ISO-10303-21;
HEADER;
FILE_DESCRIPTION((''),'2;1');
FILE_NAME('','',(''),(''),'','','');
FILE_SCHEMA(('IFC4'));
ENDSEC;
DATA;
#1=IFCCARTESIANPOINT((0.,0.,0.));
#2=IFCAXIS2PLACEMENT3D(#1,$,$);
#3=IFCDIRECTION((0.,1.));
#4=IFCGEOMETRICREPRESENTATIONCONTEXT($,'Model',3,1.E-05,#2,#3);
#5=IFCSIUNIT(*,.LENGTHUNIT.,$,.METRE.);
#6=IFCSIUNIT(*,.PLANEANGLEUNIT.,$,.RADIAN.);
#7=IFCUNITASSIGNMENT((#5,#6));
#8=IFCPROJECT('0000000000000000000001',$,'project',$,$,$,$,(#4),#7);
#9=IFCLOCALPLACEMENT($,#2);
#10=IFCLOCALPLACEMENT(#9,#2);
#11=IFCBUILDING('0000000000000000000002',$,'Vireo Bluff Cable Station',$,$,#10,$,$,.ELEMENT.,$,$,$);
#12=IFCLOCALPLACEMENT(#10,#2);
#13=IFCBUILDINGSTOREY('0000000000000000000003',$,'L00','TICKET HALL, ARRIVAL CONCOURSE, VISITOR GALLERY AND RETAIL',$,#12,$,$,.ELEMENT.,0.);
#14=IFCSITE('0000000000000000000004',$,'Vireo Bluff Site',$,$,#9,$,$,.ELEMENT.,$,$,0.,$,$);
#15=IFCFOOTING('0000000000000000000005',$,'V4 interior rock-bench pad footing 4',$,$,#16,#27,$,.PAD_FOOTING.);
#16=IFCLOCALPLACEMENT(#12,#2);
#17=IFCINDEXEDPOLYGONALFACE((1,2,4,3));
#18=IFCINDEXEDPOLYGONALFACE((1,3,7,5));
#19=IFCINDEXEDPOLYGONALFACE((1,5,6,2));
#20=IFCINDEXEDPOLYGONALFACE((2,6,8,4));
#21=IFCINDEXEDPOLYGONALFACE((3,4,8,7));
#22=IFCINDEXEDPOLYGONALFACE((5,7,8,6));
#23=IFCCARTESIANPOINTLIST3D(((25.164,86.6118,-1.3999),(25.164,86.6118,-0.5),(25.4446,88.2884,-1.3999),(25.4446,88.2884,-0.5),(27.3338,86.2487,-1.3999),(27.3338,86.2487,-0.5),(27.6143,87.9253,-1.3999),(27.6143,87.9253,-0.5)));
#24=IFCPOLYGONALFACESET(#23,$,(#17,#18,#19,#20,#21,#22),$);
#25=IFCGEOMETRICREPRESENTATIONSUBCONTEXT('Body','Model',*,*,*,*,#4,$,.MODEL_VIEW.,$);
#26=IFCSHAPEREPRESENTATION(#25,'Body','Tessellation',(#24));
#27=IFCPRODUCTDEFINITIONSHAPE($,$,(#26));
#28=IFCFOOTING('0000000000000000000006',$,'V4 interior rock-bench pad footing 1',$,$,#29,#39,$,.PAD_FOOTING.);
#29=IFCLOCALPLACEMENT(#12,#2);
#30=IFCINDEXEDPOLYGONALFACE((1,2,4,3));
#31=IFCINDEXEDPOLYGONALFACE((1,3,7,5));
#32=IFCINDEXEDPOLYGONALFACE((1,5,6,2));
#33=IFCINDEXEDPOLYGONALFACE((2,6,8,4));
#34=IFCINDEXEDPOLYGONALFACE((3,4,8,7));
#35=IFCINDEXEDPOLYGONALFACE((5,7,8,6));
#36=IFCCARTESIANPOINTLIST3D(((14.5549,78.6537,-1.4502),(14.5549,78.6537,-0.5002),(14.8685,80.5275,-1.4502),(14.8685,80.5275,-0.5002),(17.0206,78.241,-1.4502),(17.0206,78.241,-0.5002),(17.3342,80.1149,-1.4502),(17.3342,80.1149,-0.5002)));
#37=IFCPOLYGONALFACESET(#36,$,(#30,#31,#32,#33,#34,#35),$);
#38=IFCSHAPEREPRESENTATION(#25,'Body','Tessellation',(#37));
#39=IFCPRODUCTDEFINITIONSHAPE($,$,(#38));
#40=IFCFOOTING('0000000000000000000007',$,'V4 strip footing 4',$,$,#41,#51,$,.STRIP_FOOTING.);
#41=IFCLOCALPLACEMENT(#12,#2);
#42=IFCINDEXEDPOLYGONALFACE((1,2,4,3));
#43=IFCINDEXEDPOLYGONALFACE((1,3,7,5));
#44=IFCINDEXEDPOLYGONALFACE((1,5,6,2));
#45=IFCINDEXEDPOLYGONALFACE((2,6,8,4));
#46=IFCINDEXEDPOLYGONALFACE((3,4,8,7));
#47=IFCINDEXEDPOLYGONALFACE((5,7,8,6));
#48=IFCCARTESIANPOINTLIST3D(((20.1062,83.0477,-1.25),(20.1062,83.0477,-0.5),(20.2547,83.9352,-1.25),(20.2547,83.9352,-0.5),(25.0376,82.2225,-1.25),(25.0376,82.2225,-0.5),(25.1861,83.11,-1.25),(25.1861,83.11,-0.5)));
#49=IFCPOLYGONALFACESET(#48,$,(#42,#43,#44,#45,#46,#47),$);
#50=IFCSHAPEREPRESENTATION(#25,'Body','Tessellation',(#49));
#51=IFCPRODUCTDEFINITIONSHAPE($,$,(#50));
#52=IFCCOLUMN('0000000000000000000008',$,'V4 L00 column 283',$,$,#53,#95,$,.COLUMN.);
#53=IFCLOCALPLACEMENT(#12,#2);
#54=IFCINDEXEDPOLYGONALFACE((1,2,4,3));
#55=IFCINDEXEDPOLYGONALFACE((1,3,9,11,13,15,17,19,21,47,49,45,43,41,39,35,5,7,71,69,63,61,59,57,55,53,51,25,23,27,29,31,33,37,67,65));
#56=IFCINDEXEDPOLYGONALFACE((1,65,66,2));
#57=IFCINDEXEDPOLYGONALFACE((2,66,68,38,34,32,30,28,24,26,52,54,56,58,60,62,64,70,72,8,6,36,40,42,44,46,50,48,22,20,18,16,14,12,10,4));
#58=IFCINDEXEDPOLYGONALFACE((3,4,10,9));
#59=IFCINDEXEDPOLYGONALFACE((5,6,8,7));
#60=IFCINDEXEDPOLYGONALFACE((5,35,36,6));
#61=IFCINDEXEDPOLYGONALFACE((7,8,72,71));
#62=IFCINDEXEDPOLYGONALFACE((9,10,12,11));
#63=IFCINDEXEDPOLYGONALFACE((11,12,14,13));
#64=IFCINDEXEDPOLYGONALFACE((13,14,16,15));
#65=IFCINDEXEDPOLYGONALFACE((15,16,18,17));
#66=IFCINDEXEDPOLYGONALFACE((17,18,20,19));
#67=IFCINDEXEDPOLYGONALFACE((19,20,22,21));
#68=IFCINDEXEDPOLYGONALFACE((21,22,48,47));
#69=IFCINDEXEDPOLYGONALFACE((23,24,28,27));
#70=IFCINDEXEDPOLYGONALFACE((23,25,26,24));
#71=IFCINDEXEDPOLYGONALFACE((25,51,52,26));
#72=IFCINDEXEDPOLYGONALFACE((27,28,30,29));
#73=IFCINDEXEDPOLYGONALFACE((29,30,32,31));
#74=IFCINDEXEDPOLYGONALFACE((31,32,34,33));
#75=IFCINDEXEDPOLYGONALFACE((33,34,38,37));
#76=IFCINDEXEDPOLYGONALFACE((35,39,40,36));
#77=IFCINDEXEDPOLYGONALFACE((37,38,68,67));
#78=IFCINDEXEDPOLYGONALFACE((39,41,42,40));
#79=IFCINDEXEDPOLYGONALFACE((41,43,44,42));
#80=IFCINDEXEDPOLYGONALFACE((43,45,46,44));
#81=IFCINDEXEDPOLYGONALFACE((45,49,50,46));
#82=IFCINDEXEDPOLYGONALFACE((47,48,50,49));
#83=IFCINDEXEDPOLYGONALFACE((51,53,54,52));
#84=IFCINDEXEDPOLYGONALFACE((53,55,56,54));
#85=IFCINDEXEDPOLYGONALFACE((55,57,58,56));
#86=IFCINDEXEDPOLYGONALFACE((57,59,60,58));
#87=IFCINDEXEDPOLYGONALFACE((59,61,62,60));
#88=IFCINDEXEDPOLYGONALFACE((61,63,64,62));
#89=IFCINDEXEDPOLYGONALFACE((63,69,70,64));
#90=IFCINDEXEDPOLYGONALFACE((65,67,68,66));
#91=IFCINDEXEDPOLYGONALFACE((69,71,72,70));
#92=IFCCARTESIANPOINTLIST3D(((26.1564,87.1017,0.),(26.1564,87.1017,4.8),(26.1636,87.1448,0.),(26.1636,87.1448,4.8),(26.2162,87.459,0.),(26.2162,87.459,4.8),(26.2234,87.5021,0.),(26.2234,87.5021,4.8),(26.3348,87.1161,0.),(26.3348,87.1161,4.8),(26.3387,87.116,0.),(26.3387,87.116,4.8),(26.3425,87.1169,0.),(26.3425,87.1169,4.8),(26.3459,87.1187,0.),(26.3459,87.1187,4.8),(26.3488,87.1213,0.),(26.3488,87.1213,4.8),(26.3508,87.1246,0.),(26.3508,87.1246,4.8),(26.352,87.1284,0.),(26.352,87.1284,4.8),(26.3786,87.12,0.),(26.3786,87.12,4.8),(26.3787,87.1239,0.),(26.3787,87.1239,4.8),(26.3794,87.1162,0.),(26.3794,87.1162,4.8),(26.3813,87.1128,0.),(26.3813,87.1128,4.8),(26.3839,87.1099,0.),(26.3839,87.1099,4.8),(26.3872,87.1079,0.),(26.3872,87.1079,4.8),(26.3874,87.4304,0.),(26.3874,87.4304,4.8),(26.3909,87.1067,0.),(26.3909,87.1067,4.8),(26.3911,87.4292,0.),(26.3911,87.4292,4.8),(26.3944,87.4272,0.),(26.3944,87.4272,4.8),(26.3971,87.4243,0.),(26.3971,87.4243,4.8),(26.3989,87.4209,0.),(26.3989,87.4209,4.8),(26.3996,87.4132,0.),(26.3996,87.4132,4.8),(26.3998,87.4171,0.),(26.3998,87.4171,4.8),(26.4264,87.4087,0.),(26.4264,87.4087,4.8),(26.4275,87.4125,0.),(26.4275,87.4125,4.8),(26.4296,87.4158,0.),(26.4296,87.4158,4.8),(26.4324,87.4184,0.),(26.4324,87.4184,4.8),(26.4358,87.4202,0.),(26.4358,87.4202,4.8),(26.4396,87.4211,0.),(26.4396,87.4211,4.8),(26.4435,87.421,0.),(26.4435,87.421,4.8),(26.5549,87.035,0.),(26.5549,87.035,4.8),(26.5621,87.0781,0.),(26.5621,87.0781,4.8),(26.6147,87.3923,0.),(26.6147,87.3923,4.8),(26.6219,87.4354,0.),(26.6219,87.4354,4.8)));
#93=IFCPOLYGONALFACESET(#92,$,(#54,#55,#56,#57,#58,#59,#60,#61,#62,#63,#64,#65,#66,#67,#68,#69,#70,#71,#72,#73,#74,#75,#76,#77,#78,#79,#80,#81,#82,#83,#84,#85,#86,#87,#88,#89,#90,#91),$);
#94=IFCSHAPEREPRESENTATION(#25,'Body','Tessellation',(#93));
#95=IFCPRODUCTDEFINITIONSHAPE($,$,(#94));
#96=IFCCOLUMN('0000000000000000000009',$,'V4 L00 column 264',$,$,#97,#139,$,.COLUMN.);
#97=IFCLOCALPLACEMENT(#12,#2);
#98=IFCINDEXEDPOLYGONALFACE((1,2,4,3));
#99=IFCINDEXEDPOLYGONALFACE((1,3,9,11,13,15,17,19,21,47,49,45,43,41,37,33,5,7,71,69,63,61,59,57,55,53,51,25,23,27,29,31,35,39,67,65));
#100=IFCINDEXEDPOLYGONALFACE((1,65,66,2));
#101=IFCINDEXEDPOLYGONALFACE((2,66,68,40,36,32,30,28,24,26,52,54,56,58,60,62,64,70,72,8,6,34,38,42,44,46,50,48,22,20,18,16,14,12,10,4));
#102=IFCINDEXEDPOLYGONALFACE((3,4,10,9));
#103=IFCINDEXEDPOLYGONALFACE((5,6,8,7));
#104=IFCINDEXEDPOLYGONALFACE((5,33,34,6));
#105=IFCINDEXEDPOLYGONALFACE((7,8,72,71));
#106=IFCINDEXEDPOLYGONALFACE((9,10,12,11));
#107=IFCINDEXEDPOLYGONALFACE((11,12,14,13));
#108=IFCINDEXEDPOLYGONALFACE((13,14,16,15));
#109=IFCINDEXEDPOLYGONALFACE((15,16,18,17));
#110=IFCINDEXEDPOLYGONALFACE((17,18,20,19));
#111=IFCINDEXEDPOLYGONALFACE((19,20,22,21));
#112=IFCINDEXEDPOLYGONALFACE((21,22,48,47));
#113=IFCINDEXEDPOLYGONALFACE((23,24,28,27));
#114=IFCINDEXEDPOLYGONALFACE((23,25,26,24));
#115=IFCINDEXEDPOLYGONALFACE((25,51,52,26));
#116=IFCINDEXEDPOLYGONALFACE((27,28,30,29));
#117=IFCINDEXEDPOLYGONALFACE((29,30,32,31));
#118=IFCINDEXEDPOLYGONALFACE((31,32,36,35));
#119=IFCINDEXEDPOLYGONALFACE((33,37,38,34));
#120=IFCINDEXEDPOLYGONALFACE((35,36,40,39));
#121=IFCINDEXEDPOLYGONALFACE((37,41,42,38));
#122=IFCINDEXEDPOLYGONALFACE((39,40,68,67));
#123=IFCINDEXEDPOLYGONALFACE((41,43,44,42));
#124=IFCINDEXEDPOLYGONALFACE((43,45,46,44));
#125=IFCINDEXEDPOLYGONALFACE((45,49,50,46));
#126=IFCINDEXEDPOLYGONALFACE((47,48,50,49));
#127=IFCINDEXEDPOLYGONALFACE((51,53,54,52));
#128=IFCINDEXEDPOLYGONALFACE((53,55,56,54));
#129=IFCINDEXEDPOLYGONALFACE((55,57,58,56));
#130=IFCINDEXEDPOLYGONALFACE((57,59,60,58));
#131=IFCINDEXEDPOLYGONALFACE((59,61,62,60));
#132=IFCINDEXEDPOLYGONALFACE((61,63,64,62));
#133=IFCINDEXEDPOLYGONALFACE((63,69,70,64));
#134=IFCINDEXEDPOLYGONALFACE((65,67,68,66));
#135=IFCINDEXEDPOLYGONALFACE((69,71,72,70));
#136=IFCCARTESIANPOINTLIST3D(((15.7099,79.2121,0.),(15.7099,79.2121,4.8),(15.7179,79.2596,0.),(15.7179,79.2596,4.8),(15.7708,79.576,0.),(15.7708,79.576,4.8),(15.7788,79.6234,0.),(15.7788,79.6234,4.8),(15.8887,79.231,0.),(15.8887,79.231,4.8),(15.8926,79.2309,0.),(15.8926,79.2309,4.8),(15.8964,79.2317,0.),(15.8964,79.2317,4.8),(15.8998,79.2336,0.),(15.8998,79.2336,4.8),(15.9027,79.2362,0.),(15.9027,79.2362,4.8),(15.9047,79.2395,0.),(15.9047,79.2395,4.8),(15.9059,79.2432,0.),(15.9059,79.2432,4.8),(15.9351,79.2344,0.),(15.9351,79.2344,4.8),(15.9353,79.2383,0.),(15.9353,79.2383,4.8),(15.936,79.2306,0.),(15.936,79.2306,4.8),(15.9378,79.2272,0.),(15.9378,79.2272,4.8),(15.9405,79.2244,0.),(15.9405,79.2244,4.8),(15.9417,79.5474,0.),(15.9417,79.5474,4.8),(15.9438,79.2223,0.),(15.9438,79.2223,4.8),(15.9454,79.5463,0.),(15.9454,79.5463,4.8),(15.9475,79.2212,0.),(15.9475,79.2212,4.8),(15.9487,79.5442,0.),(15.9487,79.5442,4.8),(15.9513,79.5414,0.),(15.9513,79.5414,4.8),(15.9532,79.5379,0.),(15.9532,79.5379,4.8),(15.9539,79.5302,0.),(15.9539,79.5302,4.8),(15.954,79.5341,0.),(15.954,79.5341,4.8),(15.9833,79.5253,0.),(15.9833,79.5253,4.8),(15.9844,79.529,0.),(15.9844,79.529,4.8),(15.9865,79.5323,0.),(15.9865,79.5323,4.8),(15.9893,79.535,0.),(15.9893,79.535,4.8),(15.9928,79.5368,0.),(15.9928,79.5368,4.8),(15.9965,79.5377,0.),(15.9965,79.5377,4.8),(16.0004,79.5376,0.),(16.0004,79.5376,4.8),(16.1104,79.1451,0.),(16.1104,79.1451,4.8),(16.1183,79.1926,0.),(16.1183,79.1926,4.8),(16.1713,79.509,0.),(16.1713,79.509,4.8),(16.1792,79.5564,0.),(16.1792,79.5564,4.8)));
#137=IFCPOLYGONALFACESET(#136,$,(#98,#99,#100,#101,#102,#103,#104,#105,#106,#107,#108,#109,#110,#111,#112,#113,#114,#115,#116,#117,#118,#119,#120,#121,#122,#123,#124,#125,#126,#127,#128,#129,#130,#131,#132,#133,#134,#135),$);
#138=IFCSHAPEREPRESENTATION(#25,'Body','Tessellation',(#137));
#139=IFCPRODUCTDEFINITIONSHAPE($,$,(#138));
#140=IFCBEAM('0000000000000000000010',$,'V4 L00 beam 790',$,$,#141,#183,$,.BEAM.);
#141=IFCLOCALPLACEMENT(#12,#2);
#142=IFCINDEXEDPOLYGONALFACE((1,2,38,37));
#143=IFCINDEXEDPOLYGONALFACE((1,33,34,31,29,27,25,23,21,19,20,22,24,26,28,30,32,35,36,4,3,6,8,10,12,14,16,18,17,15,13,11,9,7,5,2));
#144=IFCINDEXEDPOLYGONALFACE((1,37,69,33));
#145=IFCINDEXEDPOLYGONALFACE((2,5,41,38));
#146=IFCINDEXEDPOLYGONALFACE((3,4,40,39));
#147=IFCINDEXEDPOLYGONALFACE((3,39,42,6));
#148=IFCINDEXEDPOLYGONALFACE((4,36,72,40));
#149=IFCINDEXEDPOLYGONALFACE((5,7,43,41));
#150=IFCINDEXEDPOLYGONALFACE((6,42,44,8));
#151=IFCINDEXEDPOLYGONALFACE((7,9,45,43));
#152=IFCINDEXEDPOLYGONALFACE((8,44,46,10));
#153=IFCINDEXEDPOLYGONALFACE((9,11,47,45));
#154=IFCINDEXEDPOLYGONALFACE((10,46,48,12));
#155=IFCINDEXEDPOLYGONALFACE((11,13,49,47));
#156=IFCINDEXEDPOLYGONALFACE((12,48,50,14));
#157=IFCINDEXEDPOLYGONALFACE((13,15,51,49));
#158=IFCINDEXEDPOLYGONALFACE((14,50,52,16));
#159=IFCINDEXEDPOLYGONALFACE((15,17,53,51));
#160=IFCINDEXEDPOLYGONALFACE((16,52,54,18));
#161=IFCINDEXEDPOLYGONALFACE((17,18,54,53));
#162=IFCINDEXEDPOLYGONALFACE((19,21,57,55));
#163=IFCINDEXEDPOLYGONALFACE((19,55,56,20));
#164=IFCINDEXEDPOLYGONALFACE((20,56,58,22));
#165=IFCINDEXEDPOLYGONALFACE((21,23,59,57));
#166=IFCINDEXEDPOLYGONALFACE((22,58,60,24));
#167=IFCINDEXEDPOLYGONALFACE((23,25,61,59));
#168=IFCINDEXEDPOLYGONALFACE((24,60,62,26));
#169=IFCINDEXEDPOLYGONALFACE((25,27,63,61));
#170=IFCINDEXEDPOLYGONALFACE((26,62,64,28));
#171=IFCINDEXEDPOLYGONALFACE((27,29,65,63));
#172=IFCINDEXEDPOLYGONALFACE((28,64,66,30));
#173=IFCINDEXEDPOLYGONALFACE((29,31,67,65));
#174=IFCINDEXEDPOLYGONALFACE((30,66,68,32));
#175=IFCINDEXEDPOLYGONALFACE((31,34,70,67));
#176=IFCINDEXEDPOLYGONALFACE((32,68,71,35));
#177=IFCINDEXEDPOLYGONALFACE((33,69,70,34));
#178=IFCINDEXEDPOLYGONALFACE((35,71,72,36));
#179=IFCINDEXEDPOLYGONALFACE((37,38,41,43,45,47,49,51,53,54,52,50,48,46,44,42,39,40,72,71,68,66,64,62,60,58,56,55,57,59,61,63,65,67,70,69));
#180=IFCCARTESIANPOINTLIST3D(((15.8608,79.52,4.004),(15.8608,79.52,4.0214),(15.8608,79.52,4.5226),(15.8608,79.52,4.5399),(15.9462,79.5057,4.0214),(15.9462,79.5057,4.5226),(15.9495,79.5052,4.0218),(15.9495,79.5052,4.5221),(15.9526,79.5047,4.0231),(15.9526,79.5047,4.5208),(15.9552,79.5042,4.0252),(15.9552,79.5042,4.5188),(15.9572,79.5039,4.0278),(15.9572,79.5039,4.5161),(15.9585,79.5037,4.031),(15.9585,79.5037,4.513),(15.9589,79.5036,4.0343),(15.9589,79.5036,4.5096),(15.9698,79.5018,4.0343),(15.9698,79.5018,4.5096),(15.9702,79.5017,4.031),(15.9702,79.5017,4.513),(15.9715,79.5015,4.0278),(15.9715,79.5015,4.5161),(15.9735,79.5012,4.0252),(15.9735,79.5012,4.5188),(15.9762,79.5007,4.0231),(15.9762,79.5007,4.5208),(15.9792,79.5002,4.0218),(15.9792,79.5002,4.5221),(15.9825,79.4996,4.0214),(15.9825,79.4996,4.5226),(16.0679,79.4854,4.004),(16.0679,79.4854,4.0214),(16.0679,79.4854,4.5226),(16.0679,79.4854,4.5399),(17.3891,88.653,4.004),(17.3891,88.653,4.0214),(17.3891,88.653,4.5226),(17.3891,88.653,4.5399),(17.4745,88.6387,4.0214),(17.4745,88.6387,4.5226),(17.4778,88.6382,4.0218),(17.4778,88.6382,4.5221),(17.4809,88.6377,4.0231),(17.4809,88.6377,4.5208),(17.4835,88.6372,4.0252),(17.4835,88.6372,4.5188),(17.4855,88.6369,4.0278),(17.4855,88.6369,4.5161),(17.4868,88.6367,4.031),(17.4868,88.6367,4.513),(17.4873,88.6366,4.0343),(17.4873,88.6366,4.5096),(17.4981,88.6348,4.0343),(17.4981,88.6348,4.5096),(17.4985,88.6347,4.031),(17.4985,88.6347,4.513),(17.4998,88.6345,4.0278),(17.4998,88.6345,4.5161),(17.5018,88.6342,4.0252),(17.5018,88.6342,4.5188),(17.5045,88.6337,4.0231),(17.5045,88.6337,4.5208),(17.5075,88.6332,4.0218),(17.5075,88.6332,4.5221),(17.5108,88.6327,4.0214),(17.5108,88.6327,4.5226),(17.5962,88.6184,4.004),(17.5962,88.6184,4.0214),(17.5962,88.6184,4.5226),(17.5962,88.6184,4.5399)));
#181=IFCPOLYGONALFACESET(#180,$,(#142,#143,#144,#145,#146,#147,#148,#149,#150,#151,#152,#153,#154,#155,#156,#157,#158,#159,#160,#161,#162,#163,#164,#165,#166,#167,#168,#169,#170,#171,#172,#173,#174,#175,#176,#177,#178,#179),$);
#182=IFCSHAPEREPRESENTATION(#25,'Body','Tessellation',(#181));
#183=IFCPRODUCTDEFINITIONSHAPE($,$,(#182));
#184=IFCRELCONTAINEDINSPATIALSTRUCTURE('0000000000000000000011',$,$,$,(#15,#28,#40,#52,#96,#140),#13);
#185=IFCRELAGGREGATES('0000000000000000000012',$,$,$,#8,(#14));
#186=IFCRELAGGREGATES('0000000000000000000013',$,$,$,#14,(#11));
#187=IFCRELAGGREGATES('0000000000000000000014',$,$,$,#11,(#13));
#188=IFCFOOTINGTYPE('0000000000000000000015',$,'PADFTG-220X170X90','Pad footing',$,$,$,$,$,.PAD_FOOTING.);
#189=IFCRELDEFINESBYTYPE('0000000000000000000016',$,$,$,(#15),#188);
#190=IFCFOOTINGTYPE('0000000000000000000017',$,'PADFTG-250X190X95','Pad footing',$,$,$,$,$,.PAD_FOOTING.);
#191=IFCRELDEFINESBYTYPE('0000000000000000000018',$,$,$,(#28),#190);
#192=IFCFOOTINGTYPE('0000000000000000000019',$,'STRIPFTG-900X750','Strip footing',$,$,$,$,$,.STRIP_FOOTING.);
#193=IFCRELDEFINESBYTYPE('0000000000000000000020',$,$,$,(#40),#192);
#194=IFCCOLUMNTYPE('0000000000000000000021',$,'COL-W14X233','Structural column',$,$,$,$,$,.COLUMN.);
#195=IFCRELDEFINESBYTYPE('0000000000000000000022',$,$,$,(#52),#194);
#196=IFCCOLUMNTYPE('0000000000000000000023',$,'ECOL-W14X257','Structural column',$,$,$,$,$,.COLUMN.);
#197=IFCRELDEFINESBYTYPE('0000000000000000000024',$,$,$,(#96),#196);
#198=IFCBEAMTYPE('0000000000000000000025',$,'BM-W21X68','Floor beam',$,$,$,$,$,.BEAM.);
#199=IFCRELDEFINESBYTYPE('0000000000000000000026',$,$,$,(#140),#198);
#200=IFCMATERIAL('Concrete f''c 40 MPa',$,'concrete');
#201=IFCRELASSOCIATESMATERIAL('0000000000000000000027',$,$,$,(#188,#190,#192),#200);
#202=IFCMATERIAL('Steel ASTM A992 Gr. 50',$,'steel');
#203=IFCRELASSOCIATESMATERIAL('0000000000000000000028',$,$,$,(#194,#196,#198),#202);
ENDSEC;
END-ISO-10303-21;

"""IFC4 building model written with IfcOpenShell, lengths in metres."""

from ifc_helpers import new_model, si_unit, direction, frame, origin, origin_2d, place, context, subcontext, project, spatial, rectangle, i_section, extrude, material, material_profile, profile_set, type_object, element, save


model = new_model("IFC4")

# Units and contexts
model_context = context("Model", 3, precision=1e-05, world=origin(), true_north=direction((0.0, 1.0)))
body_context = subcontext(model_context, "Body", "Model", "MODEL_VIEW")
ifc_project = project(units=[si_unit("LENGTHUNIT", "METRE"), si_unit("PLANEANGLEUNIT", "RADIAN")], contexts=[model_context])

# Site, building, storey
site_placement = place(None, origin())
site = spatial("IfcSite", under=ifc_project, at=site_placement, Name="Vireo Bluff Site", CompositionType="ELEMENT", RefElevation=0.0)
building_placement = place(site_placement, origin())
building = spatial("IfcBuilding", under=site, at=building_placement, Name="Vireo Bluff Cable Station", CompositionType="ELEMENT")
storey_placement = place(building_placement, origin())
storey = spatial("IfcBuildingStorey", under=building, at=storey_placement, Name="L00", Description="TICKET HALL, ARRIVAL CONCOURSE, VISITOR GALLERY AND RETAIL", CompositionType="ELEMENT", Elevation=0.0)

# Footings
ifc_material_1 = material(Name="Concrete f'c 40 MPa", Category="concrete")
footing_type_1 = type_object("IfcFootingType", Name="PADFTG-220X170X90", Description="Pad footing", PredefinedType="PAD_FOOTING", material=ifc_material_1)
footing_1_placement = place(storey_placement, frame((26.3892, 87.2686, -1.3999), z_axis=(0.0, 0.0, 1.0), x_axis=(0.986286, -0.165048, 0.0)))
element("IfcFooting", 1, at=footing_1_placement, inside=storey, type_object=footing_type_1, Name="V4 interior rock-bench pad footing 4", PredefinedType="PAD_FOOTING", context=body_context, shape_type="SweptSolid", body=[
    extrude(rectangle(XDim=2.2, YDim=1.7, at=origin_2d()), origin(), (0.0, 0.0, 1.0), 0.8999),
])
footing_type_2 = type_object("IfcFootingType", Name="PADFTG-250X190X95", Description="Pad footing", PredefinedType="PAD_FOOTING", material=ifc_material_1)
footing_2_placement = place(storey_placement, frame((15.9446, 79.3843, -1.4502), z_axis=(0.0, 0.0, 1.0), x_axis=(0.986286, -0.165048, 0.0)))
element("IfcFooting", 2, at=footing_2_placement, inside=storey, type_object=footing_type_2, Name="V4 interior rock-bench pad footing 1", PredefinedType="PAD_FOOTING", context=body_context, shape_type="SweptSolid", body=[
    extrude(rectangle(XDim=2.5, YDim=1.8999, at=origin_2d()), origin(), (0.0, 0.0, 1.0), 0.95),
])
ifc_material_profile_1 = material_profile(ifc_material_1, rectangle(XDim=0.8999, YDim=0.75, at=origin_2d()), Name="STRIPFTG-900X750")
ifc_profile_set_1 = profile_set([ifc_material_profile_1], Name="Concrete f'c 40 MPa")
footing_type_3 = type_object("IfcFootingType", Name="STRIPFTG-900X750", Description="Strip footing", PredefinedType="STRIP_FOOTING", material=ifc_profile_set_1)
footing_3_placement = place(storey_placement, frame((20.1804, 83.4915, -0.875), z_axis=(0.986287, -0.16504, 0.0), x_axis=(0.16504, 0.986287, 0.0)))
element("IfcFooting", 3, at=footing_3_placement, inside=storey, type_object=footing_type_3, Name="V4 strip footing 4", PredefinedType="STRIP_FOOTING", context=body_context, shape_type="SweptSolid", body=[
    extrude(rectangle(XDim=0.8999, YDim=0.75, at=origin_2d()), origin(), (0.0, 0.0, 1.0), 5.0),
])

# Columns
ifc_material_2 = material(Name="Steel ASTM A992 Gr. 50", Category="steel")
ifc_material_profile_2 = material_profile(ifc_material_2, i_section(OverallWidth=0.4041, OverallDepth=0.406, WebThickness=0.0271, FlangeThickness=0.0437, FilletRadius=0.0149, at=origin_2d()), Name="W14X233")
ifc_profile_set_2 = profile_set([ifc_material_profile_2], Name="Steel ASTM A992 Gr. 50")
column_type_1 = type_object("IfcColumnType", Name="COL-W14X233", Description="Structural column", PredefinedType="COLUMN", material=ifc_profile_set_2)
column_1_placement = place(storey_placement, frame((26.3892, 87.2686, 0.0), z_axis=(0.0, 0.0, 1.0), x_axis=(0.986286, -0.165048, 0.0)))
element("IfcColumn", 4, at=column_1_placement, inside=storey, type_object=column_type_1, Name="V4 L00 column 283", PredefinedType="COLUMN", context=body_context, shape_type="SweptSolid", body=[
    extrude(i_section(OverallWidth=0.4041, OverallDepth=0.406, WebThickness=0.0271, FlangeThickness=0.0437, FilletRadius=0.0149, at=origin_2d()), origin(), (0.0, 0.0, 1.0), 4.8),
])
ifc_material_profile_3 = material_profile(ifc_material_2, i_section(OverallWidth=0.406, OverallDepth=0.417, WebThickness=0.0298, FlangeThickness=0.0481, FilletRadius=0.0149, at=origin_2d()), Name="W14X257")
ifc_profile_set_3 = profile_set([ifc_material_profile_3], Name="Steel ASTM A992 Gr. 50")
column_type_2 = type_object("IfcColumnType", Name="ECOL-W14X257", Description="Structural column", PredefinedType="COLUMN", material=ifc_profile_set_3)
column_2_placement = place(storey_placement, frame((15.9446, 79.3843, 0.0), z_axis=(0.0, 0.0, 1.0), x_axis=(0.986286, -0.165048, 0.0)))
element("IfcColumn", 5, at=column_2_placement, inside=storey, type_object=column_type_2, Name="V4 L00 column 264", PredefinedType="COLUMN", context=body_context, shape_type="SweptSolid", body=[
    extrude(i_section(OverallWidth=0.406, OverallDepth=0.417, WebThickness=0.0298, FlangeThickness=0.0481, FilletRadius=0.0149, at=origin_2d()), origin(), (0.0, 0.0, 1.0), 4.8),
])

# Beam
ifc_material_profile_4 = material_profile(ifc_material_2, i_section(OverallWidth=0.21, OverallDepth=0.5359, WebThickness=0.011, FlangeThickness=0.0173, FilletRadius=0.0129, at=origin_2d()), Name="W21X68")
ifc_profile_set_4 = profile_set([ifc_material_profile_4], Name="Steel ASTM A992 Gr. 50")
beam_type_1 = type_object("IfcBeamType", Name="BM-W21X68", Description="Floor beam", PredefinedType="BEAM", material=ifc_profile_set_4)
beam_1_placement = place(storey_placement, frame((15.9644, 79.5027, 4.272), z_axis=(0.165045, 0.986286, 0.0), x_axis=(-0.986286, 0.165045, 0.0)))
element("IfcBeam", 6, at=beam_1_placement, inside=storey, type_object=beam_type_1, Name="V4 L00 beam 790", PredefinedType="BEAM", context=body_context, shape_type="SweptSolid", body=[
    extrude(i_section(OverallWidth=0.21, OverallDepth=0.5359, WebThickness=0.011, FlangeThickness=0.0173, FilletRadius=0.0129, at=origin_2d()), origin(), (0.0, 0.0, 1.0), 9.26),
])

save(model, "model.ifc")
